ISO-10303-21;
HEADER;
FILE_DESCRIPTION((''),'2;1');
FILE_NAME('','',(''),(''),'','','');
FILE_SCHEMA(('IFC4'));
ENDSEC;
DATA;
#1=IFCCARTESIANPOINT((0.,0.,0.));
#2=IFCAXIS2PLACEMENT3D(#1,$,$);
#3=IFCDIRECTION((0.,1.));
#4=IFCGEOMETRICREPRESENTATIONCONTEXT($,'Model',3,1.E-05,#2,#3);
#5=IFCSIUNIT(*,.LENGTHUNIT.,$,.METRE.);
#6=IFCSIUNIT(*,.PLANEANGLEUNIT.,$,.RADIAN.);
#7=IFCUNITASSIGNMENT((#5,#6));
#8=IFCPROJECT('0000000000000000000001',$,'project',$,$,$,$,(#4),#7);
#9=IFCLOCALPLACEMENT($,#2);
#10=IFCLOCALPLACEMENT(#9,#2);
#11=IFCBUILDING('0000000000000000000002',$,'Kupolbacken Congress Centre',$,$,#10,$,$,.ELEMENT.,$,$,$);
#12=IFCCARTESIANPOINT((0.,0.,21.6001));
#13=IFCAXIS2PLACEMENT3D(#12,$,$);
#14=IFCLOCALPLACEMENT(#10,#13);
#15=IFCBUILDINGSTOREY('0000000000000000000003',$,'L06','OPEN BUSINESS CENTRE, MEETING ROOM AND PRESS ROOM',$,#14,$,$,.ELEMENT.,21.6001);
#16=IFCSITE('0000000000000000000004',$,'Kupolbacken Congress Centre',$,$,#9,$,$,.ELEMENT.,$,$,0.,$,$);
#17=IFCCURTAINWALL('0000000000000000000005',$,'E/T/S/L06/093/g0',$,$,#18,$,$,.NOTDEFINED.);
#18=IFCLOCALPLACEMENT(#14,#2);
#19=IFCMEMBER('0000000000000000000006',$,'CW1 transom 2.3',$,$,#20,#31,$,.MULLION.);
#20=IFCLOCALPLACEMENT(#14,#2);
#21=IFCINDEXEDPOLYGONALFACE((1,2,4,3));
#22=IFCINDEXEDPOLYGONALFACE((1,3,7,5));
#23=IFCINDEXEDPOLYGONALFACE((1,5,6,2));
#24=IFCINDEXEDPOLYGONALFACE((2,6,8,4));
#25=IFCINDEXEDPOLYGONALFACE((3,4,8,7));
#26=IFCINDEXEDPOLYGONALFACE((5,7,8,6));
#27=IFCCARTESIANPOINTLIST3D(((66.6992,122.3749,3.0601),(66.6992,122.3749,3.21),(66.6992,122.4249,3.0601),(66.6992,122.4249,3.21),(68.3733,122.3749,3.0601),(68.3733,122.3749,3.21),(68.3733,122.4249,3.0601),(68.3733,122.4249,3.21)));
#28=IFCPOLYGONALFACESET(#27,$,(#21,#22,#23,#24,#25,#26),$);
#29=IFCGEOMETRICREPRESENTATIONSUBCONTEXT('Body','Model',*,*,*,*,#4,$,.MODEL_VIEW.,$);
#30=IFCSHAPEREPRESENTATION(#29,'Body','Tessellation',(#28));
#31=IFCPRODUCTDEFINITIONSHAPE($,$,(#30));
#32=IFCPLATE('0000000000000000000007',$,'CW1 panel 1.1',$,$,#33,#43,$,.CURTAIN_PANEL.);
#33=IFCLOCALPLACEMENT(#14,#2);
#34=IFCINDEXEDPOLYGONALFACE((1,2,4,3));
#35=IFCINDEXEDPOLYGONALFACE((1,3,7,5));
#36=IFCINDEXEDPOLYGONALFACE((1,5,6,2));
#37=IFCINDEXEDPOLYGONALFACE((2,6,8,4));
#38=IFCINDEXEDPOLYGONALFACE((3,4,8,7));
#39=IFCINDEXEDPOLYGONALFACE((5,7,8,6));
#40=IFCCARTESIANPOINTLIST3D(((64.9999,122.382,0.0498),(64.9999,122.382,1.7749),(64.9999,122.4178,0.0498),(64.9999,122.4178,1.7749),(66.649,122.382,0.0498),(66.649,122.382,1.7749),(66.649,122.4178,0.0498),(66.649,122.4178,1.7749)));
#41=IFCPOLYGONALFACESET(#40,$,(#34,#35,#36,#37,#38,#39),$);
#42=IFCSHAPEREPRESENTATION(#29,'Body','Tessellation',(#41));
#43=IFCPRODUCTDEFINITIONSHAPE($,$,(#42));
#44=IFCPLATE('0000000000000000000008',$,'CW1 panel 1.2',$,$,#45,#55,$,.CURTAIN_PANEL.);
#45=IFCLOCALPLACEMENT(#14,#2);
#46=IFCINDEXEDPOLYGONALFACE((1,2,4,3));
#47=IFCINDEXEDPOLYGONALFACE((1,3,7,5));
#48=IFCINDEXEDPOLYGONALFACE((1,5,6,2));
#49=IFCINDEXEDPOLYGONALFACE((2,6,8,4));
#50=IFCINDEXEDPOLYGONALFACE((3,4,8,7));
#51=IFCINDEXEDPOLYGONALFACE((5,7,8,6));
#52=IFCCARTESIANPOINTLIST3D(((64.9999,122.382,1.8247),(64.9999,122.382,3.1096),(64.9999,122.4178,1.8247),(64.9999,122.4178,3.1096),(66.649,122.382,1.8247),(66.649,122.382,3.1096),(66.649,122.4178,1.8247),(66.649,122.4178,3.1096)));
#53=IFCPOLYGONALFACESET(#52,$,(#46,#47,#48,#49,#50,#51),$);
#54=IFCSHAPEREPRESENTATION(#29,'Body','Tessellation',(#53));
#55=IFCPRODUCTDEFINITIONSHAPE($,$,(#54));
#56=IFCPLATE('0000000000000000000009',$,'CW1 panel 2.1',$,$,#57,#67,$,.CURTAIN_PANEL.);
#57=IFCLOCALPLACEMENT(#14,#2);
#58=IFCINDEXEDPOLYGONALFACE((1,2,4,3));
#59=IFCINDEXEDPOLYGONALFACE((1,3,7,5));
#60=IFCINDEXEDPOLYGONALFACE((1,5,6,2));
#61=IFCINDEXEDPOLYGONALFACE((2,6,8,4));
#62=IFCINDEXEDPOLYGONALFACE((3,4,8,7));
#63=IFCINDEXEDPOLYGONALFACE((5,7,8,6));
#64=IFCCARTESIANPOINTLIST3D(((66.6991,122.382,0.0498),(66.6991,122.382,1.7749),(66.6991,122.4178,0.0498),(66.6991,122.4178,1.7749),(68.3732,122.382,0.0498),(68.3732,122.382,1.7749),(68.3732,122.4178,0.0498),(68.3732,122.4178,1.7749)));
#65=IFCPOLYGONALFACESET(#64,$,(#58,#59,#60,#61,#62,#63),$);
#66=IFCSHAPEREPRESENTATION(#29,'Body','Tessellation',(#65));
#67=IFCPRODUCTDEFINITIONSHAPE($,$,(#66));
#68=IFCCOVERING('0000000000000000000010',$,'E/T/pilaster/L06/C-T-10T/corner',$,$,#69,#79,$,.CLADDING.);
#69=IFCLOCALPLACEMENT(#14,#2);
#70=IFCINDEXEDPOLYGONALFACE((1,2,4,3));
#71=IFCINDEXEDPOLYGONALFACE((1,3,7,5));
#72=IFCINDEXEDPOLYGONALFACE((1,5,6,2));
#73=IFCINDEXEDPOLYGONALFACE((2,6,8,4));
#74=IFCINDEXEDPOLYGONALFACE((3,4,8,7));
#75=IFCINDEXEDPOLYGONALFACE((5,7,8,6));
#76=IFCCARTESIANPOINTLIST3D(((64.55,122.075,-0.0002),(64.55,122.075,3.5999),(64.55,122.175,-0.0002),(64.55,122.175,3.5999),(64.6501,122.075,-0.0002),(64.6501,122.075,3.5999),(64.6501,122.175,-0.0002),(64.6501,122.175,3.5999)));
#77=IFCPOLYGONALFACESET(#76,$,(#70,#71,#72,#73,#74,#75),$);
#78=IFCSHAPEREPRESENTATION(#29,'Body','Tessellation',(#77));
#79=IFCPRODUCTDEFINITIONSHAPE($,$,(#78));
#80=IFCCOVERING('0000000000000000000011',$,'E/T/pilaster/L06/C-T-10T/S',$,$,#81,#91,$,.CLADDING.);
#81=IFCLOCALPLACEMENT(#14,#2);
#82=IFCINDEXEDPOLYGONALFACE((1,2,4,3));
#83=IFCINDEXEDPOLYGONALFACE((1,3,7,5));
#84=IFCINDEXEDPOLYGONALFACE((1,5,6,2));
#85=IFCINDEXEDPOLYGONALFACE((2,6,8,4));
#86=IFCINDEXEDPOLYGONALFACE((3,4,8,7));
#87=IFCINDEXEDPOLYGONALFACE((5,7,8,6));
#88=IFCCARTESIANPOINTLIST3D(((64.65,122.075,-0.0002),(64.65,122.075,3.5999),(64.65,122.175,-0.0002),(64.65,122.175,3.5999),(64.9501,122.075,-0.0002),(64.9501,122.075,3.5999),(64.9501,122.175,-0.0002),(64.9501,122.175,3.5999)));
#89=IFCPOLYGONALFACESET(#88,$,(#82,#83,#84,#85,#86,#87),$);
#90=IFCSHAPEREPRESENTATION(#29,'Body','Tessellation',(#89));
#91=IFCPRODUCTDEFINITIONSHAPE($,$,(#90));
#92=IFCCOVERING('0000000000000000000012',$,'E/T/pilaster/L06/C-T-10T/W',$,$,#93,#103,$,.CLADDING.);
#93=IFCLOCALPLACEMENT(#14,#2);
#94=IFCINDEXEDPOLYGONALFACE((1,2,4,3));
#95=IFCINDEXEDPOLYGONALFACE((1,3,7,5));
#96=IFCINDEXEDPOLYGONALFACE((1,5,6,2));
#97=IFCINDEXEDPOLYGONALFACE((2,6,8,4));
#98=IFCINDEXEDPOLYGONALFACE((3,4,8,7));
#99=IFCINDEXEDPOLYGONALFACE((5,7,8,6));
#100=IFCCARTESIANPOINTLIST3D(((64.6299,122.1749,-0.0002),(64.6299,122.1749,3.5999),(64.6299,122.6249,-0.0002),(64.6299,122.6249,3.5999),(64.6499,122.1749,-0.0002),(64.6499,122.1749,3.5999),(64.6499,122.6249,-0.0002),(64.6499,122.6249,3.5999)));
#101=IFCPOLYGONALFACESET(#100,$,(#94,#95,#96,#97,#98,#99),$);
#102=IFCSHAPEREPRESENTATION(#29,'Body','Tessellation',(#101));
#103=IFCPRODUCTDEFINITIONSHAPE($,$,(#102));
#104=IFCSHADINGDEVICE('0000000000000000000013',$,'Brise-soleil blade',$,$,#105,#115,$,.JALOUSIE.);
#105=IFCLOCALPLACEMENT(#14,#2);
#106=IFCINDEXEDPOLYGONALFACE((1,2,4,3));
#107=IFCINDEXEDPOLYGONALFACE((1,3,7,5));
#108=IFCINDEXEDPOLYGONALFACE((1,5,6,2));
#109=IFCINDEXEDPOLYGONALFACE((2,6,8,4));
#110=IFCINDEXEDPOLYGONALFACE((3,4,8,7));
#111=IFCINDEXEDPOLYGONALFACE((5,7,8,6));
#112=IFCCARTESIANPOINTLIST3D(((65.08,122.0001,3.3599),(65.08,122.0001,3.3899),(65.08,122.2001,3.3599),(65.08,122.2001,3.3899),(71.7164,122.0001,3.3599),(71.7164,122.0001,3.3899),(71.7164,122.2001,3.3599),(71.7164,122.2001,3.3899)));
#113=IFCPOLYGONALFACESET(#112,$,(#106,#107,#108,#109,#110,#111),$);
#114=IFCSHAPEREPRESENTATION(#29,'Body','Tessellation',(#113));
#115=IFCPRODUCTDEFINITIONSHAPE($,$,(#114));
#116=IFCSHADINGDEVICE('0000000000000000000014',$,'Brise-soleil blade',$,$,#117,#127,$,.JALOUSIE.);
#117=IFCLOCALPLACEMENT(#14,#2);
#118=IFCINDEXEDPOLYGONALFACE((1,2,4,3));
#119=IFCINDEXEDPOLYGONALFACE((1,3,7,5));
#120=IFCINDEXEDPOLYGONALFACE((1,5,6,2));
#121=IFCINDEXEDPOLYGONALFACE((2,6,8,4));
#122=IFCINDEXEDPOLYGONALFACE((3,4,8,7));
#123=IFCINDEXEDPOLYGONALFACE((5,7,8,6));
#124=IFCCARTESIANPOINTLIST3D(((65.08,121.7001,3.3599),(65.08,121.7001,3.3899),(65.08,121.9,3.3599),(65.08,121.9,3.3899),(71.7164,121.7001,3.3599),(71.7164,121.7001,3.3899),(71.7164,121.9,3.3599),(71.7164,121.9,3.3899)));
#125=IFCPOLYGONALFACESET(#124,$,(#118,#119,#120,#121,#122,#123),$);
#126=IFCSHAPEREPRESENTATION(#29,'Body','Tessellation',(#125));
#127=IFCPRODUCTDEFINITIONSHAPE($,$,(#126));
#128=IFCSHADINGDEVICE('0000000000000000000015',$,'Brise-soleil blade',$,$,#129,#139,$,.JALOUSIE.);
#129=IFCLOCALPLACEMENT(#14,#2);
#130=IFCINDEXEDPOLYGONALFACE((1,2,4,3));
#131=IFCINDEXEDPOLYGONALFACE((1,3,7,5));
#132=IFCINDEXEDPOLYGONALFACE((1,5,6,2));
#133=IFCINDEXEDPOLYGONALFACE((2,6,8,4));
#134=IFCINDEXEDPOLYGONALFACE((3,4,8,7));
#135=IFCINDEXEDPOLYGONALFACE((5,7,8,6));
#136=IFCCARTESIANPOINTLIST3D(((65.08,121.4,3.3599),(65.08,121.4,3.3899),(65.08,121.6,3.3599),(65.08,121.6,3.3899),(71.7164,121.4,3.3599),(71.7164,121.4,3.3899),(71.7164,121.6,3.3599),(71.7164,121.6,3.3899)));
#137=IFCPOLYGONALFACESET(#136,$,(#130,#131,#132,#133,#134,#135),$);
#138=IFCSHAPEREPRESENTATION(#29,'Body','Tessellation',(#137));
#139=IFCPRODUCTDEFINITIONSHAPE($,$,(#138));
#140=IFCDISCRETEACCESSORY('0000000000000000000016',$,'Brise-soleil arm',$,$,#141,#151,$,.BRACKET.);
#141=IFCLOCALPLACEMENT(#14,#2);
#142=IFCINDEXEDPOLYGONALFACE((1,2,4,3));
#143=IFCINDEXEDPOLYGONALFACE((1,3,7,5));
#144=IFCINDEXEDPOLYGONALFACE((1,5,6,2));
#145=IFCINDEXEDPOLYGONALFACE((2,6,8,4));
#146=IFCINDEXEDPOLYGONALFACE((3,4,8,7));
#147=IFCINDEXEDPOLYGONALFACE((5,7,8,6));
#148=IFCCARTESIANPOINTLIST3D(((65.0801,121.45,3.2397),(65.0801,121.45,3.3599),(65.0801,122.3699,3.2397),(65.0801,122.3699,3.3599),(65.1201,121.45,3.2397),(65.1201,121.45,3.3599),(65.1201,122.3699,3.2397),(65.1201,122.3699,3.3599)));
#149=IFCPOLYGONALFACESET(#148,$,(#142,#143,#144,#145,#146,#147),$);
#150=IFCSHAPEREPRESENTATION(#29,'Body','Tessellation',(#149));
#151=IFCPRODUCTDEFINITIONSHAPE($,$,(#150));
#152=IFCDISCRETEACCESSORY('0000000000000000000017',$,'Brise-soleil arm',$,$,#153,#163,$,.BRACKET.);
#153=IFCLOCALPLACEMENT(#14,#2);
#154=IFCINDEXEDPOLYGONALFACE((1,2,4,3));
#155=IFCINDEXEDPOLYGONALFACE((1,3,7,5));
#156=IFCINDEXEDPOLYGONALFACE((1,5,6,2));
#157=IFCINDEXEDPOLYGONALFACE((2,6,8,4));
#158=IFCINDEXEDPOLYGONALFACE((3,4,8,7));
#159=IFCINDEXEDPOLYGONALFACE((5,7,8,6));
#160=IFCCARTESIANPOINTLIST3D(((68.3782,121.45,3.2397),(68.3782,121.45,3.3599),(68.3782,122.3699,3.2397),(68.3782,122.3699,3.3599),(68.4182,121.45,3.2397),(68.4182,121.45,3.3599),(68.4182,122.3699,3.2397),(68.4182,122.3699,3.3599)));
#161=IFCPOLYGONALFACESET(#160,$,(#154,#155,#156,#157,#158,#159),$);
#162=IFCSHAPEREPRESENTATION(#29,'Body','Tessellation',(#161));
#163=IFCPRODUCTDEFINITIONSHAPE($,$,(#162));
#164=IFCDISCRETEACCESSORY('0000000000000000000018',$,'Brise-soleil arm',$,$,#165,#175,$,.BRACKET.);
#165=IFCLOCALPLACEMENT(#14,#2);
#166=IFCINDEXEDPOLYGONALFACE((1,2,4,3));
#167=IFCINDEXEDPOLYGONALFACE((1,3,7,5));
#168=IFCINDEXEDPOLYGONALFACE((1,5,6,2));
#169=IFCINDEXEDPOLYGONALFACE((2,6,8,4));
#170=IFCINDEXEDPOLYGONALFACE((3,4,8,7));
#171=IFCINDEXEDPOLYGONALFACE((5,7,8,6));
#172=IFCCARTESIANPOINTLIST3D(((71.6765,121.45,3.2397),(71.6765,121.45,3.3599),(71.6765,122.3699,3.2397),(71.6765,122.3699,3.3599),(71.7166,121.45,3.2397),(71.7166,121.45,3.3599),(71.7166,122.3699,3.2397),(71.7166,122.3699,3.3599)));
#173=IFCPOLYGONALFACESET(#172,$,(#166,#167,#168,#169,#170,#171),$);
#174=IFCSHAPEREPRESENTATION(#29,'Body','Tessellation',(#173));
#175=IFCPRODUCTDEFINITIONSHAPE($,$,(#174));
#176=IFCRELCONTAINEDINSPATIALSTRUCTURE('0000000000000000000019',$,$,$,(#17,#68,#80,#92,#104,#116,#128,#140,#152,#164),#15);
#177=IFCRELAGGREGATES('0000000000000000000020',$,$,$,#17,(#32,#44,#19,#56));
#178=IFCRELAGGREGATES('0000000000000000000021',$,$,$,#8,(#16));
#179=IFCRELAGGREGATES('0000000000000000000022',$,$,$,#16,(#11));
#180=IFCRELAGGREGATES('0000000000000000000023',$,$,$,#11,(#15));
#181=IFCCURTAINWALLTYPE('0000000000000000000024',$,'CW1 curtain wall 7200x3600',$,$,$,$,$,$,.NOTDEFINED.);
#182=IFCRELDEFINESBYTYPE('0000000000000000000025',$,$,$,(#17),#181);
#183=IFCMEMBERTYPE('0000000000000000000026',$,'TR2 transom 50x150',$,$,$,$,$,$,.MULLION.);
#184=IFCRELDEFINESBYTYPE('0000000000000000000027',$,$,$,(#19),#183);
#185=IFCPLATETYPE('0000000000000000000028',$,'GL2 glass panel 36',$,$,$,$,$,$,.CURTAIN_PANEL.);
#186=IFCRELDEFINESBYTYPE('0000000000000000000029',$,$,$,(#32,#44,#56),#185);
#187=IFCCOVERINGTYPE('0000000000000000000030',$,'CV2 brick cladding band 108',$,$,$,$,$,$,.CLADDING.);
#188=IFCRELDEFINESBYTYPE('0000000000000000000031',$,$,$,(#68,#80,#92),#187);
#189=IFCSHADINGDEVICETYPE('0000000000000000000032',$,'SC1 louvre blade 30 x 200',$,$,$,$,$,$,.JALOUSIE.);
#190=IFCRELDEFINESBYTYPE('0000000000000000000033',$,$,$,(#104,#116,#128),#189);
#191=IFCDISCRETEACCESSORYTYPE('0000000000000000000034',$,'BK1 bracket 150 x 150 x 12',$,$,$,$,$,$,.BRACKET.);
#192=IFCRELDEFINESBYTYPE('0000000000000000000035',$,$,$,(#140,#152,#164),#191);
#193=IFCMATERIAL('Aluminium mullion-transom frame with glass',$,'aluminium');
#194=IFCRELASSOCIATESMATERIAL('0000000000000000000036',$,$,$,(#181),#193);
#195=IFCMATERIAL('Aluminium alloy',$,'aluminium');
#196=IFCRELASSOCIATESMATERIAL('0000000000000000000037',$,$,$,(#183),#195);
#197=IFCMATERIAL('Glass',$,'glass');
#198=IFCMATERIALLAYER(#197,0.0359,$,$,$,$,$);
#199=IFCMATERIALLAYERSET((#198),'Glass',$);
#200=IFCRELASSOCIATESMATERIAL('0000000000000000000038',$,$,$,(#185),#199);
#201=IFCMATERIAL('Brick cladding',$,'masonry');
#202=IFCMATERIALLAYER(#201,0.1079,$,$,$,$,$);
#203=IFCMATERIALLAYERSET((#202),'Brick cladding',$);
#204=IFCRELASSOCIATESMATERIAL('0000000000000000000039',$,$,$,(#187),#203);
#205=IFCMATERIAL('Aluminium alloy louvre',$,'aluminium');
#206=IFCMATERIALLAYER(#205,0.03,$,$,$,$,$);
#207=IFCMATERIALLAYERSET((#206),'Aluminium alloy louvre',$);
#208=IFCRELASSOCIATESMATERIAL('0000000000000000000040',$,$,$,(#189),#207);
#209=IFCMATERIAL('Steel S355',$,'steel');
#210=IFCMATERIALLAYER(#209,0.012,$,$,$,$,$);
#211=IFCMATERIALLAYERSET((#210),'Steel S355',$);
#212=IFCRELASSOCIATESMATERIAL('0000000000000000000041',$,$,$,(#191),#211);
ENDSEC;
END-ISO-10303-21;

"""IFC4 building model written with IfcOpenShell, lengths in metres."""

from ifc_helpers import new_model, si_unit, direction, frame, origin, origin_2d, place, context, subcontext, project, spatial, rectangle, extrude, material, layer, layer_set, material_profile, profile_set, type_object, element, aggregate, save


model = new_model("IFC4")

# Units and contexts
model_context = context("Model", 3, precision=1e-05, world=origin(), true_north=direction((0.0, 1.0)))
body_context = subcontext(model_context, "Body", "Model", "MODEL_VIEW")
ifc_project = project(units=[si_unit("LENGTHUNIT", "METRE"), si_unit("PLANEANGLEUNIT", "RADIAN")], contexts=[model_context])

# Site, building, storey
site_placement = place(None, origin())
site = spatial("IfcSite", under=ifc_project, at=site_placement, Name="Kupolbacken Congress Centre", CompositionType="ELEMENT", RefElevation=0.0)
building_placement = place(site_placement, origin())
building = spatial("IfcBuilding", under=site, at=building_placement, Name="Kupolbacken Congress Centre", CompositionType="ELEMENT")
storey_placement = place(building_placement, frame((0.0, 0.0, 21.6001)))
storey = spatial("IfcBuildingStorey", under=building, at=storey_placement, Name="L06", Description="OPEN BUSINESS CENTRE, MEETING ROOM AND PRESS ROOM", CompositionType="ELEMENT", Elevation=21.6001)

# Curtain wall, member, plates
ifc_material_1 = material(Name="Aluminium mullion-transom frame with glass", Category="aluminium")
curtain_wall_type = type_object("IfcCurtainWallType", Name="CW1 curtain wall 7200x3600", PredefinedType="NOTDEFINED", material=ifc_material_1)
curtain_wall_placement = place(storey_placement, origin())
curtain_wall = element("IfcCurtainWall", 1, at=curtain_wall_placement, inside=storey, type_object=curtain_wall_type, Name="E/T/S/L06/093/g0", PredefinedType="NOTDEFINED")
ifc_material_2 = material(Name="Aluminium alloy", Category="aluminium")
ifc_material_profile_1 = material_profile(ifc_material_2, rectangle(XDim=0.05, YDim=0.1499, at=origin_2d()), Name="50 x 150")
ifc_profile_set_1 = profile_set([ifc_material_profile_1], Name="Aluminium alloy")
member_type_1 = type_object("IfcMemberType", Name="TR2 transom 50x150", PredefinedType="MULLION", material=ifc_profile_set_1)
member_1_placement = place(storey_placement, frame((66.6992, 122.3999, 3.135), z_axis=(1.0, 0.0, 0.0), x_axis=(0.0, 1.0, 0.0)))
member_1 = element("IfcMember", 2, at=member_1_placement, type_object=member_type_1, Name="CW1 transom 2.3", PredefinedType="MULLION", context=body_context, shape_type="SweptSolid", body=[
    extrude(rectangle(XDim=0.05, YDim=0.1499, at=origin_2d()), origin(), (0.0, 0.0, 1.0), 1.6741),
])
ifc_material_3 = material(Name="Glass", Category="glass")
ifc_layer_1 = layer(ifc_material_3, 0.0359)
ifc_layer_set_1 = layer_set([ifc_layer_1], Name="Glass")
plate_type = type_object("IfcPlateType", Name="GL2 glass panel 36", PredefinedType="CURTAIN_PANEL", material=ifc_layer_set_1)
plate_1_placement = place(storey_placement, frame((65.8245, 122.3999, 0.0498), z_axis=(0.0, 0.0, 1.0), x_axis=(1.0, 0.0, 0.0)))
plate_1 = element("IfcPlate", 3, at=plate_1_placement, type_object=plate_type, Name="CW1 panel 1.1", PredefinedType="CURTAIN_PANEL", context=body_context, shape_type="SweptSolid", body=[
    extrude(rectangle(XDim=1.6492, YDim=0.0359, at=origin_2d()), origin(), (0.0, 0.0, 1.0), 1.7251),
])
plate_2_placement = place(storey_placement, frame((65.8245, 122.3999, 1.8247), z_axis=(0.0, 0.0, 1.0), x_axis=(1.0, 0.0, 0.0)))
plate_2 = element("IfcPlate", 4, at=plate_2_placement, type_object=plate_type, Name="CW1 panel 1.2", PredefinedType="CURTAIN_PANEL", context=body_context, shape_type="SweptSolid", body=[
    extrude(rectangle(XDim=1.6492, YDim=0.0359, at=origin_2d()), origin(), (0.0, 0.0, 1.0), 1.2849),
])
plate_3_placement = place(storey_placement, frame((67.5361, 122.3999, 0.0498), z_axis=(0.0, 0.0, 1.0), x_axis=(1.0, 0.0, 0.0)))
plate_3 = element("IfcPlate", 5, at=plate_3_placement, type_object=plate_type, Name="CW1 panel 2.1", PredefinedType="CURTAIN_PANEL", context=body_context, shape_type="SweptSolid", body=[
    extrude(rectangle(XDim=1.6741, YDim=0.0359, at=origin_2d()), origin(), (0.0, 0.0, 1.0), 1.7251),
])
aggregate(curtain_wall, [plate_1, plate_2, member_1, plate_3])

# Coverings
ifc_material_4 = material(Name="Brick cladding", Category="masonry")
ifc_layer_2 = layer(ifc_material_4, 0.1079)
ifc_layer_set_2 = layer_set([ifc_layer_2], Name="Brick cladding")
covering_type = type_object("IfcCoveringType", Name="CV2 brick cladding band 108", PredefinedType="CLADDING", material=ifc_layer_set_2)
covering_1_placement = place(storey_placement, frame((64.6001, 122.125, -0.0002), z_axis=(0.0, 0.0, 1.0), x_axis=(1.0, 0.0, 0.0)))
element("IfcCovering", 6, at=covering_1_placement, inside=storey, type_object=covering_type, Name="E/T/pilaster/L06/C-T-10T/corner", PredefinedType="CLADDING", context=body_context, shape_type="SweptSolid", body=[
    extrude(rectangle(XDim=0.1001, YDim=0.1001, at=origin_2d()), origin(), (0.0, 0.0, 1.0), 3.6001),
])
covering_2_placement = place(storey_placement, frame((64.8, 122.125, -0.0002), z_axis=(0.0, 0.0, 1.0), x_axis=(1.0, 0.0, 0.0)))
element("IfcCovering", 7, at=covering_2_placement, inside=storey, type_object=covering_type, Name="E/T/pilaster/L06/C-T-10T/S", PredefinedType="CLADDING", context=body_context, shape_type="SweptSolid", body=[
    extrude(rectangle(XDim=0.3, YDim=0.1001, at=origin_2d()), origin(), (0.0, 0.0, 1.0), 3.6001),
])
covering_3_placement = place(storey_placement, frame((64.6399, 122.3999, -0.0002), z_axis=(0.0, 0.0, 1.0), x_axis=(1.0, 0.0, 0.0)))
element("IfcCovering", 8, at=covering_3_placement, inside=storey, type_object=covering_type, Name="E/T/pilaster/L06/C-T-10T/W", PredefinedType="CLADDING", context=body_context, shape_type="SweptSolid", body=[
    extrude(rectangle(XDim=0.02, YDim=0.45, at=origin_2d()), origin(), (0.0, 0.0, 1.0), 3.6001),
])

# Shading devices
ifc_material_5 = material(Name="Aluminium alloy louvre", Category="aluminium")
ifc_layer_3 = layer(ifc_material_5, 0.03)
ifc_layer_set_3 = layer_set([ifc_layer_3], Name="Aluminium alloy louvre")
shading_device_type = type_object("IfcShadingDeviceType", Name="SC1 louvre blade 30 x 200", PredefinedType="JALOUSIE", material=ifc_layer_set_3)
for number, where, z_axis, x_axis, name in (
    (9, (68.3982, 122.1001, 3.3599), (0.0, 0.0, 1.0), (1.0, 0.0, 0.0), "Brise-soleil blade"),
    (10, (68.3982, 121.8, 3.3599), (0.0, 0.0, 1.0), (1.0, 0.0, 0.0), "Brise-soleil blade"),
    (11, (68.3982, 121.5, 3.3599), (0.0, 0.0, 1.0), (1.0, 0.0, 0.0), "Brise-soleil blade"),
):
    element("IfcShadingDevice", number, at=place(storey_placement, frame(where, z_axis=z_axis, x_axis=x_axis)), inside=storey, type_object=shading_device_type, Name=name, PredefinedType="JALOUSIE", context=body_context, shape_type="SweptSolid", body=[
        extrude(rectangle(XDim=6.6365, YDim=0.2, at=origin_2d()), origin(), (0.0, 0.0, 1.0), 0.03),
    ])

# Discrete accessories
ifc_material_6 = material(Name="Steel S355", Category="steel")
ifc_layer_4 = layer(ifc_material_6, 0.012)
ifc_layer_set_4 = layer_set([ifc_layer_4], Name="Steel S355")
discrete_accessory_type = type_object("IfcDiscreteAccessoryType", Name="BK1 bracket 150 x 150 x 12", PredefinedType="BRACKET", material=ifc_layer_set_4)
for number, where, z_axis, x_axis, name in (
    (12, (65.1001, 121.9099, 3.2397), (0.0, 0.0, 1.0), (1.0, 0.0, 0.0), "Brise-soleil arm"),
    (13, (68.3982, 121.9099, 3.2397), (0.0, 0.0, 1.0), (1.0, 0.0, 0.0), "Brise-soleil arm"),
    (14, (71.6965, 121.9099, 3.2397), (0.0, 0.0, 1.0), (1.0, 0.0, 0.0), "Brise-soleil arm"),
):
    element("IfcDiscreteAccessory", number, at=place(storey_placement, frame(where, z_axis=z_axis, x_axis=x_axis)), inside=storey, type_object=discrete_accessory_type, Name=name, PredefinedType="BRACKET", context=body_context, shape_type="SweptSolid", body=[
        extrude(rectangle(XDim=0.04, YDim=0.9199, at=origin_2d()), origin(), (0.0, 0.0, 1.0), 0.1201),
    ])

save(model, "model.ifc")
